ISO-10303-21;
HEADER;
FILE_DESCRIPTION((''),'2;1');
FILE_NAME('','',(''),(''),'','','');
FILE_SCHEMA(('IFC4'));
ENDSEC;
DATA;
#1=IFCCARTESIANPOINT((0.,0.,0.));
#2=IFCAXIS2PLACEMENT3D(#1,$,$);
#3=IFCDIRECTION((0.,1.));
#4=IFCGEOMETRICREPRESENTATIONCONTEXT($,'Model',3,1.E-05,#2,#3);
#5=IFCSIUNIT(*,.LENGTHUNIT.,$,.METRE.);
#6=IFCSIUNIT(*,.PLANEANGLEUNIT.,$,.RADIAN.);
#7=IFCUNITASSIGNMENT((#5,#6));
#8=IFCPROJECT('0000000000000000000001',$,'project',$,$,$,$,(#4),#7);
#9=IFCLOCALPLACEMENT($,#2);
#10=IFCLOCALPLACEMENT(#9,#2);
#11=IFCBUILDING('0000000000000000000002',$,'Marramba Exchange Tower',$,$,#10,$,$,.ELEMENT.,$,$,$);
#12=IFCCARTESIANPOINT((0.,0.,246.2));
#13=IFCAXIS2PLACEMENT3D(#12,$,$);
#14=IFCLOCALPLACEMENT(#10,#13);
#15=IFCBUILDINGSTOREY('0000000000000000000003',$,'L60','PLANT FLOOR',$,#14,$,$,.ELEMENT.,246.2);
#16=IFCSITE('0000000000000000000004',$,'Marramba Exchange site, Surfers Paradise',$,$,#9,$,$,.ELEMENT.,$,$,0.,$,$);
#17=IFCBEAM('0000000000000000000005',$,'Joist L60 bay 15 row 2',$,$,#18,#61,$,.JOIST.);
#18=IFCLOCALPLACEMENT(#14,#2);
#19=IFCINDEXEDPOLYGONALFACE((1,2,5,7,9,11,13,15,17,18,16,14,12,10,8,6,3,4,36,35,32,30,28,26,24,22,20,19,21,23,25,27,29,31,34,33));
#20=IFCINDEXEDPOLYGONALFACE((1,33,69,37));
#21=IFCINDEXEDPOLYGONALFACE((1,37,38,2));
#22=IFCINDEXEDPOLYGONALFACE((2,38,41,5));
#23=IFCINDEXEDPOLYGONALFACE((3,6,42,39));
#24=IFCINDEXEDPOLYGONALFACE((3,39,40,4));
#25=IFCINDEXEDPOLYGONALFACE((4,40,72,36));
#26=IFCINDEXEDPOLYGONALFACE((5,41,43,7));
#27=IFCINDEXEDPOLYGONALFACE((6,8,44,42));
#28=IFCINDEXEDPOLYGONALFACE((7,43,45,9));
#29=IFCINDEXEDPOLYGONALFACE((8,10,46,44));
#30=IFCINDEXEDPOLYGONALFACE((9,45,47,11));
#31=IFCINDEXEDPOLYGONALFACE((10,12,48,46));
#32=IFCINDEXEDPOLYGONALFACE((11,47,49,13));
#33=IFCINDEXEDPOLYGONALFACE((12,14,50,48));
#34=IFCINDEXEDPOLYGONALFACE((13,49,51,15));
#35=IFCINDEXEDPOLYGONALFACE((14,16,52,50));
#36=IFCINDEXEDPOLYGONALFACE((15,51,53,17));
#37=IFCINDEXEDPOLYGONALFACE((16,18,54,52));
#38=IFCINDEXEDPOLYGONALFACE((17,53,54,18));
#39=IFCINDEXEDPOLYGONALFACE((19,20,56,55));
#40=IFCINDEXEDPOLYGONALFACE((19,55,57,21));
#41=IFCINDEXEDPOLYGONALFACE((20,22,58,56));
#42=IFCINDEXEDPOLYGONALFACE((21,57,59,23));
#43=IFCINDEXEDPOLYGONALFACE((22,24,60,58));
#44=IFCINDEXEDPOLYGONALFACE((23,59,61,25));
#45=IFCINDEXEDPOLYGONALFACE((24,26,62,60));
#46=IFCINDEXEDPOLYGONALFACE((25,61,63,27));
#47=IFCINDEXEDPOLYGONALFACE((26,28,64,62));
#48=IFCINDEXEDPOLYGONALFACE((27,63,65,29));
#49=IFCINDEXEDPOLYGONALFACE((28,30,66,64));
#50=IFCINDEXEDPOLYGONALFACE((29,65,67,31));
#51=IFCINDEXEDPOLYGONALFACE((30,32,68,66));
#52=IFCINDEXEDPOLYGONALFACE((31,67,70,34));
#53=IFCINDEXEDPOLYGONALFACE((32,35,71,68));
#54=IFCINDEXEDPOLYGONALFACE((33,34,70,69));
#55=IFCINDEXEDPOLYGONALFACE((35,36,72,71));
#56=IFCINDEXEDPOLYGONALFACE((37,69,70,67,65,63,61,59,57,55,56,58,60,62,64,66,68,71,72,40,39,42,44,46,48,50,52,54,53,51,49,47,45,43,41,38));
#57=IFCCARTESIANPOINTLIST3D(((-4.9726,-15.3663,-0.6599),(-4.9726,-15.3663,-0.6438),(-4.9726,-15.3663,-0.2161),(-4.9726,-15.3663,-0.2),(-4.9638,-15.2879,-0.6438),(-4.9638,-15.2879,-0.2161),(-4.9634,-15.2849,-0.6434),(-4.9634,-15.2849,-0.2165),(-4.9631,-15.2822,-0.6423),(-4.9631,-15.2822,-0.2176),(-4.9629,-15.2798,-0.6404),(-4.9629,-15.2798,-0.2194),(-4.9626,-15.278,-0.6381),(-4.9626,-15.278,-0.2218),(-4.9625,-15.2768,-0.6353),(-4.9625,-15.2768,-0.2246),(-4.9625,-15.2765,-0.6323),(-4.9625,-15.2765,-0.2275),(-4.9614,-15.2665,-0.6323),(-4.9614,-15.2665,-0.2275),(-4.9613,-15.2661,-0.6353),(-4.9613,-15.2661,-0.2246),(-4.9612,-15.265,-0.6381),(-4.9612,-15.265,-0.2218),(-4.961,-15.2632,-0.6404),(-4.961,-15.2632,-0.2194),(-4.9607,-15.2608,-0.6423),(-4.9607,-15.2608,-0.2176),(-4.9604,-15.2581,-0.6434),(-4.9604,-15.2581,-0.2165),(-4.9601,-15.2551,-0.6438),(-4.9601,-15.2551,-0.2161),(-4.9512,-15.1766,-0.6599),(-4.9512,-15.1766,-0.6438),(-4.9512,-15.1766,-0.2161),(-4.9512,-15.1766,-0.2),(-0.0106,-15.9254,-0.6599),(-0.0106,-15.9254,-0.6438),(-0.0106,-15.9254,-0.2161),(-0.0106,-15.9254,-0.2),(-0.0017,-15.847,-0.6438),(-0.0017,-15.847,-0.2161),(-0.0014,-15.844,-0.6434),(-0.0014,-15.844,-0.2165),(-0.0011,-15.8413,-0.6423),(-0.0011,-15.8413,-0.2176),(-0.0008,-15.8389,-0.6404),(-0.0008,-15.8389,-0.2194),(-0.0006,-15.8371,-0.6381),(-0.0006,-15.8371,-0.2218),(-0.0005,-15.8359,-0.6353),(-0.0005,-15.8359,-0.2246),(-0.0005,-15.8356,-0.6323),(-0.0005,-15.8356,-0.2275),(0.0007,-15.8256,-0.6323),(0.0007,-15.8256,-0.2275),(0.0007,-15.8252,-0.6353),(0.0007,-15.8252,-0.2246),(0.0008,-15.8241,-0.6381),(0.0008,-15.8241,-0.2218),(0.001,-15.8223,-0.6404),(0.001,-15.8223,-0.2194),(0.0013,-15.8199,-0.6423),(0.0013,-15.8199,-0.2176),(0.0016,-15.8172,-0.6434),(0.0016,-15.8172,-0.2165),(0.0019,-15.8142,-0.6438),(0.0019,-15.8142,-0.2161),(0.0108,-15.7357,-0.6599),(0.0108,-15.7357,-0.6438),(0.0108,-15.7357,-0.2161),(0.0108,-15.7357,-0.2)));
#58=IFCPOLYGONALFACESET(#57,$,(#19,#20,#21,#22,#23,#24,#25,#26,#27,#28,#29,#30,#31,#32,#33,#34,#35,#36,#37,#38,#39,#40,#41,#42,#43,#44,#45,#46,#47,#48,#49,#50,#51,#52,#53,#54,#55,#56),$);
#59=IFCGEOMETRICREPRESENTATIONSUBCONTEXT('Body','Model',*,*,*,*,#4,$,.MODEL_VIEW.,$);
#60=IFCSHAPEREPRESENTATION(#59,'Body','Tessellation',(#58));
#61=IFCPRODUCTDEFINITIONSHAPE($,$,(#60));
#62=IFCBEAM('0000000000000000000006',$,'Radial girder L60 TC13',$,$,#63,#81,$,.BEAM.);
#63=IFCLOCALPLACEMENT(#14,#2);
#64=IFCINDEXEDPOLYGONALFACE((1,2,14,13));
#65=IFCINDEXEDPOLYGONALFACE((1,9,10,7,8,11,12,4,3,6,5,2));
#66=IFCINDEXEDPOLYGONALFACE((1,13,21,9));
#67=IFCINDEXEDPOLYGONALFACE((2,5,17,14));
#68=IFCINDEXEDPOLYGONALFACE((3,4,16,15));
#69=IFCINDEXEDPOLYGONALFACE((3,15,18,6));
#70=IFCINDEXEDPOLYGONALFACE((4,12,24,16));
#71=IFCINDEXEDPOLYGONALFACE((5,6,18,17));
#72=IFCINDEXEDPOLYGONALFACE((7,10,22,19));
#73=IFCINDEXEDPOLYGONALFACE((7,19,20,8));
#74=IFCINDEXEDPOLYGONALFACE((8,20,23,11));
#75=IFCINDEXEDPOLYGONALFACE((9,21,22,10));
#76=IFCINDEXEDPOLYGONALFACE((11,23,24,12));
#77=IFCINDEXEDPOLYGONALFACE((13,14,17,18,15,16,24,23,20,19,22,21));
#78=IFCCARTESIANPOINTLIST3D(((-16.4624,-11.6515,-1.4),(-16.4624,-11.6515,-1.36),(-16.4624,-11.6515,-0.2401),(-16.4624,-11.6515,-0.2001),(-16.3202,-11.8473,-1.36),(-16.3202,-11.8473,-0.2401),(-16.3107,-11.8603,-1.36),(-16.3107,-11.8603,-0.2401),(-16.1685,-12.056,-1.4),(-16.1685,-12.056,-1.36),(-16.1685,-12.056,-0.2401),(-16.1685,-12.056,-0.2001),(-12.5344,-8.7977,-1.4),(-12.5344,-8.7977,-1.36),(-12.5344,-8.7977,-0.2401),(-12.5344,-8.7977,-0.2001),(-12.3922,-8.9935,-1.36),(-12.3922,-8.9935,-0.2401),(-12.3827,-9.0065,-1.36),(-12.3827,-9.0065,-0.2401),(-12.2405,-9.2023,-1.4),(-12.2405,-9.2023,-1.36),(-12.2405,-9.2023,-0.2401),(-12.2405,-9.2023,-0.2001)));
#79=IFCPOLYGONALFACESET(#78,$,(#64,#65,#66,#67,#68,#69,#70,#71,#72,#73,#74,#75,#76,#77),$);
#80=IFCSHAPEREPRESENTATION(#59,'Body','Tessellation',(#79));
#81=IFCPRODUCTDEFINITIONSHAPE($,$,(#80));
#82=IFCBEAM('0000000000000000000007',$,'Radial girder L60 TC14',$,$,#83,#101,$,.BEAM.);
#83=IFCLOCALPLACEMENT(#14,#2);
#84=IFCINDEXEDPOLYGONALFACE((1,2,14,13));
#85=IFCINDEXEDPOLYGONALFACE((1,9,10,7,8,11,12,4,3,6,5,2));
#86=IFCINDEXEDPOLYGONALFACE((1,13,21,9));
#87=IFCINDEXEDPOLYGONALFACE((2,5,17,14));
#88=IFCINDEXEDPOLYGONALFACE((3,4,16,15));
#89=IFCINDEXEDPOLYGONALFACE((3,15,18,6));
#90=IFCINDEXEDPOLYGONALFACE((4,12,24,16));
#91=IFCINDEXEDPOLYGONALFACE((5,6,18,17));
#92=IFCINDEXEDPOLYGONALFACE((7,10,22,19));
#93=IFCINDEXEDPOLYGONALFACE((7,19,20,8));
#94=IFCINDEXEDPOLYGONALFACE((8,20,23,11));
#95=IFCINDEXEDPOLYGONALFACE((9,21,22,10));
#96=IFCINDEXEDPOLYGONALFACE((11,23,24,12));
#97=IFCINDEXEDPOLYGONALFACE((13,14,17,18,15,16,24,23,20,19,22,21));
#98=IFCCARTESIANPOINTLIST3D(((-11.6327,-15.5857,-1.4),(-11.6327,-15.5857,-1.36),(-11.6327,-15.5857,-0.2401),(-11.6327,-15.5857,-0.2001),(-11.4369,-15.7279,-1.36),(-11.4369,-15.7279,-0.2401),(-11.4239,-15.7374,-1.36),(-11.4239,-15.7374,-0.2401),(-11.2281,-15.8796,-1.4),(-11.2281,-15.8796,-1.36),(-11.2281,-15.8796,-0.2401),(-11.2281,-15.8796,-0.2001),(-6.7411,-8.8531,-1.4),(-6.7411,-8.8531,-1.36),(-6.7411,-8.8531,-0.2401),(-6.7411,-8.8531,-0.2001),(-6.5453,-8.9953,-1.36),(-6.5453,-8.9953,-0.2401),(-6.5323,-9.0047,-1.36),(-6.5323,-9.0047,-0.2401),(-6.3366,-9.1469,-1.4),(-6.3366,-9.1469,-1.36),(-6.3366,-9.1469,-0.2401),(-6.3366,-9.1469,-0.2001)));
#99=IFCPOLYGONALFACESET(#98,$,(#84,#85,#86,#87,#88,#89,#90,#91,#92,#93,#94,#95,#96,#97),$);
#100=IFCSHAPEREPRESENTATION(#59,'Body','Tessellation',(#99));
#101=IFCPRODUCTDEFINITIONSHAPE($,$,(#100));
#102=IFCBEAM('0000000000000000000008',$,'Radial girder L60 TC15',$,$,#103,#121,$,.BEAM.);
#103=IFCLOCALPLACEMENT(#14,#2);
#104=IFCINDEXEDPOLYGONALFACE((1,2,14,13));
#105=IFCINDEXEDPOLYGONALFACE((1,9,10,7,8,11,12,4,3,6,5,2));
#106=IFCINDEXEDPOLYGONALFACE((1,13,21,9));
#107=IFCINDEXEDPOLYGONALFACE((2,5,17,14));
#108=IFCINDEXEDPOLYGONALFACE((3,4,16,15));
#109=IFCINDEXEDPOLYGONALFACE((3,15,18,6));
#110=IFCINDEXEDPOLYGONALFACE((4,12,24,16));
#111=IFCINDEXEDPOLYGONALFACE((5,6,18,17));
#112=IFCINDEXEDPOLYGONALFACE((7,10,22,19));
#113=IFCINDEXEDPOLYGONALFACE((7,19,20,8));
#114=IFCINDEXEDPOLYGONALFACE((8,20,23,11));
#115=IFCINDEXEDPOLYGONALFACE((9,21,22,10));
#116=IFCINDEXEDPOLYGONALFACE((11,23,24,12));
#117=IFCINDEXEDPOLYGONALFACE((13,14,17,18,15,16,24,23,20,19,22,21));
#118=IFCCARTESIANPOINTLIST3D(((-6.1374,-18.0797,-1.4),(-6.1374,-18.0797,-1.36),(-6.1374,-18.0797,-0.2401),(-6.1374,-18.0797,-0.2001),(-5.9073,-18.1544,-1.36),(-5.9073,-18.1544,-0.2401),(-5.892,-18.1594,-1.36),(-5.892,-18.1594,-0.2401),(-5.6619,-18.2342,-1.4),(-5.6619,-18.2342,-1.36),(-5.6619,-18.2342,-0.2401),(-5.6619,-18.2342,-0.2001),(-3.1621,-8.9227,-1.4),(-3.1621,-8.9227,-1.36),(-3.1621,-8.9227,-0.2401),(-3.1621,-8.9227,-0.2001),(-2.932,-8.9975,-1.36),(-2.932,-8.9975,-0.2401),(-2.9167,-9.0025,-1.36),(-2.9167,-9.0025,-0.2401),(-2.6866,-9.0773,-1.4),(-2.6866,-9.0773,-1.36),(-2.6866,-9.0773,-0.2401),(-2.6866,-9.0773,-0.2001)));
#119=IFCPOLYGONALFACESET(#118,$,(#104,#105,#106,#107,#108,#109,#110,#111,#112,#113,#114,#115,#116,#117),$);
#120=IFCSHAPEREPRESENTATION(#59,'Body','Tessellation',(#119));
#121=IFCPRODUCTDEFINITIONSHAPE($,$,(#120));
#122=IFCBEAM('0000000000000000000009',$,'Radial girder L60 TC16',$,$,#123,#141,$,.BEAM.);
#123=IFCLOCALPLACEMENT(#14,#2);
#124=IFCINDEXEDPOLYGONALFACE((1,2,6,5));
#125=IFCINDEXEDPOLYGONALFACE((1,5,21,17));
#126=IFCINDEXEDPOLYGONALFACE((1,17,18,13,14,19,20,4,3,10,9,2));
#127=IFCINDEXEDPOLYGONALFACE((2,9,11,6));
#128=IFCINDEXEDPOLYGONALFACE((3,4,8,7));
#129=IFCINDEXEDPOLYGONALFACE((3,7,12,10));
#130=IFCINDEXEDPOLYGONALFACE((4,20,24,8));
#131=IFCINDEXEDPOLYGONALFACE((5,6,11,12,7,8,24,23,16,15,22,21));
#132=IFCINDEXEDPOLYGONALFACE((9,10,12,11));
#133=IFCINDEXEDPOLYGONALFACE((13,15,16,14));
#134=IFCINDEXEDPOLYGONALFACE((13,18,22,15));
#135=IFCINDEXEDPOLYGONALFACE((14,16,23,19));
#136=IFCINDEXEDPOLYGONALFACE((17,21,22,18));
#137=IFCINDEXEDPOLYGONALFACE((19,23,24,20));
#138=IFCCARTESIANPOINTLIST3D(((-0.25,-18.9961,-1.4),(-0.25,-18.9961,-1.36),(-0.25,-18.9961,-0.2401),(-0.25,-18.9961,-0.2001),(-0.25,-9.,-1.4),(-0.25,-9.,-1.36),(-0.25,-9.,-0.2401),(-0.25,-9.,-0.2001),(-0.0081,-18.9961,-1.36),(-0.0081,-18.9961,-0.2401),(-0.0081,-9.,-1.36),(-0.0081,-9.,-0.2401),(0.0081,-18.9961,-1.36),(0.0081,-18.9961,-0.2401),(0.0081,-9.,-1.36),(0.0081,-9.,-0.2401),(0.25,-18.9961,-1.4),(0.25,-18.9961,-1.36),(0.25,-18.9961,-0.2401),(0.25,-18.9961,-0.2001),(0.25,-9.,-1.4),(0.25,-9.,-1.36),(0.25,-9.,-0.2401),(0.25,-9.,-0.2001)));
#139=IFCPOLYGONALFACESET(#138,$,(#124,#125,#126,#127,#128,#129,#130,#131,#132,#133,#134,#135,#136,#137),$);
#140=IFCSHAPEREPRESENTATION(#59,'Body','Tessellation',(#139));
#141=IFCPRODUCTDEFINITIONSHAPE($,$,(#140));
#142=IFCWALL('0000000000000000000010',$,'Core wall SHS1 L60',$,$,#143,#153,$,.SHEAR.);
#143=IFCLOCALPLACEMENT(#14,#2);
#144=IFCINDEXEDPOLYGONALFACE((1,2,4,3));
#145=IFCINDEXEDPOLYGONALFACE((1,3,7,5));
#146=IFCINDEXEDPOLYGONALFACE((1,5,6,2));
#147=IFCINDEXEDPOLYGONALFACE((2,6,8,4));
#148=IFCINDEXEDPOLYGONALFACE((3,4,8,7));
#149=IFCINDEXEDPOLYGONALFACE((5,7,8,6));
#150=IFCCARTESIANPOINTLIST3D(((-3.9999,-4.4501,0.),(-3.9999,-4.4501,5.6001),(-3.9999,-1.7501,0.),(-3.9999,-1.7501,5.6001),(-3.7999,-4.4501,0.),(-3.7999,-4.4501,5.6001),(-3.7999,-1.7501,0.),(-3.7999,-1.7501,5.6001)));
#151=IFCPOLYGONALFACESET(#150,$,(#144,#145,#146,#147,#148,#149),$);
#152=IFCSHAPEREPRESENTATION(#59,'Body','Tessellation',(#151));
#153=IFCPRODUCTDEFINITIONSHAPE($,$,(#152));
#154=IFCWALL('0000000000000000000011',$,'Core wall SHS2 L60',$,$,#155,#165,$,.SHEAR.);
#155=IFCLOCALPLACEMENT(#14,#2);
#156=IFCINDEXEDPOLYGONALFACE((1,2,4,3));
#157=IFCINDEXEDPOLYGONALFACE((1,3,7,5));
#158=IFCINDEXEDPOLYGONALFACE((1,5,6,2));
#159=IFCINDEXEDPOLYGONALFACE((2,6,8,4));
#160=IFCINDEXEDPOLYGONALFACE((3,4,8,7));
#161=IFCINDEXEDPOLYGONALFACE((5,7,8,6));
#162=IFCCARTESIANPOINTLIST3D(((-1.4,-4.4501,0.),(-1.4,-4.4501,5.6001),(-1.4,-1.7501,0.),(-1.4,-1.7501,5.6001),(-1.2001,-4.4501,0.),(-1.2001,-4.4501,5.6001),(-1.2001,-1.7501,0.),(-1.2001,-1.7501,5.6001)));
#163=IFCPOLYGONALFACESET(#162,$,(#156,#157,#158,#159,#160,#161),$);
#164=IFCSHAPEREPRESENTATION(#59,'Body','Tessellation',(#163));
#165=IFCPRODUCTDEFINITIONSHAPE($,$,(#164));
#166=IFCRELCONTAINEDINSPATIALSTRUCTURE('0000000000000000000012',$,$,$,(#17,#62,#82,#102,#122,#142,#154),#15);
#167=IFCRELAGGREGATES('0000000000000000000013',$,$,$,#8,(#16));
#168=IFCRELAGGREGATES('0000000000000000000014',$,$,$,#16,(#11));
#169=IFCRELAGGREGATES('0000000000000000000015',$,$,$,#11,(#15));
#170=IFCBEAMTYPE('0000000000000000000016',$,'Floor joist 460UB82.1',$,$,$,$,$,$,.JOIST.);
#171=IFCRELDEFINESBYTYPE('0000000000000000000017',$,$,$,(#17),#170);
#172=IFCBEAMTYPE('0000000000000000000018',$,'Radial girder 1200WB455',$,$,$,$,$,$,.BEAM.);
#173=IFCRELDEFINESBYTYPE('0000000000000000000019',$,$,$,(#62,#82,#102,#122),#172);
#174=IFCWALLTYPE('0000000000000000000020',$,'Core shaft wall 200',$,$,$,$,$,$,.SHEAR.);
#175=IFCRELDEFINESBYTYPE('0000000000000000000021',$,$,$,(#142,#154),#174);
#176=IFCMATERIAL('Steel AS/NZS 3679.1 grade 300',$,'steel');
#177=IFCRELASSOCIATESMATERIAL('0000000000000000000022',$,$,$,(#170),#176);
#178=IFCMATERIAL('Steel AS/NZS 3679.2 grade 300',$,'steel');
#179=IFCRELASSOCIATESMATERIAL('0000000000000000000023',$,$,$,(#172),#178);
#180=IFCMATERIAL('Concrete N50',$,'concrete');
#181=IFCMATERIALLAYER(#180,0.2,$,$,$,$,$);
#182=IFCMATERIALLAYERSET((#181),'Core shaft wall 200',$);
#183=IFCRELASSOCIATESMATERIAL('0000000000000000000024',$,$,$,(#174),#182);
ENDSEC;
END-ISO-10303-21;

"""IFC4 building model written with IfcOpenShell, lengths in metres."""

from ifc_helpers import new_model, si_unit, direction, frame, frame_2d, origin, origin_2d, place, context, subcontext, project, spatial, rectangle, i_section, extrude, material, layer, layer_set, material_profile, profile_set, type_object, element, save


model = new_model("IFC4")

# Units and contexts
model_context = context("Model", 3, precision=1e-05, world=origin(), true_north=direction((0.0, 1.0)))
body_context = subcontext(model_context, "Body", "Model", "MODEL_VIEW")
ifc_project = project(units=[si_unit("LENGTHUNIT", "METRE"), si_unit("PLANEANGLEUNIT", "RADIAN")], contexts=[model_context])

# Site, building, storey
site_placement = place(None, origin())
site = spatial("IfcSite", under=ifc_project, at=site_placement, Name="Marramba Exchange site, Surfers Paradise", CompositionType="ELEMENT", RefElevation=0.0)
building_placement = place(site_placement, origin())
building = spatial("IfcBuilding", under=site, at=building_placement, Name="Marramba Exchange Tower", CompositionType="ELEMENT")
storey_placement = place(building_placement, frame((0.0, 0.0, 246.2)))
storey = spatial("IfcBuildingStorey", under=building, at=storey_placement, Name="L60", Description="PLANT FLOOR", CompositionType="ELEMENT", Elevation=246.2)

# Beams
ifc_material_1 = material(Name="Steel AS/NZS 3679.2 grade 300", Category="steel")
ifc_material_2 = material(Name="Steel AS/NZS 3679.1 grade 300", Category="steel")
ifc_material_profile_1 = material_profile(ifc_material_2, i_section(OverallWidth=0.1909, OverallDepth=0.46, WebThickness=0.01, FlangeThickness=0.0161, FilletRadius=0.0115, at=origin_2d()), Name="460UB82.1")
ifc_profile_set_1 = profile_set([ifc_material_profile_1], Name="Steel AS/NZS 3679.1 grade 300")
beam_type_1 = type_object("IfcBeamType", Name="Floor joist 460UB82.1", PredefinedType="JOIST", material=ifc_profile_set_1)
beam_1_placement = place(storey_placement, frame((-4.9619, -15.2715, -0.4299), z_axis=(0.993712, -0.111966, 0.0), x_axis=(0.111966, 0.993712, 0.0)))
element("IfcBeam", 1, at=beam_1_placement, inside=storey, type_object=beam_type_1, Name="Joist L60 bay 15 row 2", PredefinedType="JOIST", context=body_context, shape_type="SweptSolid", body=[
    extrude(i_section(OverallWidth=0.1909, OverallDepth=0.46, WebThickness=0.01, FlangeThickness=0.0161, FilletRadius=0.0115, at=origin_2d()), origin(), (0.0, 0.0, 1.0), 4.9934),
])
ifc_material_profile_2 = material_profile(ifc_material_1, i_section(OverallWidth=0.5, OverallDepth=1.2, WebThickness=0.0161, FlangeThickness=0.04, at=origin_2d()), Name="1200WB455")
ifc_profile_set_2 = profile_set([ifc_material_profile_2], Name="Steel AS/NZS 3679.2 grade 300")
beam_type_2 = type_object("IfcBeamType", Name="Radial girder 1200WB455", PredefinedType="BEAM", material=ifc_profile_set_2)
beam_2_placement = place(storey_placement, frame((-12.3875, -9.0, -0.8), z_axis=(-0.809025, -0.587774, 0.0), x_axis=(0.587774, -0.809025, 0.0)))
element("IfcBeam", 2, at=beam_2_placement, inside=storey, type_object=beam_type_2, Name="Radial girder L60 TC13", PredefinedType="BEAM", context=body_context, shape_type="SweptSolid", body=[
    extrude(i_section(OverallWidth=0.5, OverallDepth=1.2, WebThickness=0.0161, FlangeThickness=0.04, at=origin_2d()), origin(), (0.0, 0.0, 1.0), 4.8552),
])
beam_3_placement = place(storey_placement, frame((-6.5388, -9.0, -0.8), z_axis=(-0.587788, -0.809015, 0.0), x_axis=(0.809015, -0.587788, 0.0)))
element("IfcBeam", 3, at=beam_3_placement, inside=storey, type_object=beam_type_2, Name="Radial girder L60 TC14", PredefinedType="BEAM", context=body_context, shape_type="SweptSolid", body=[
    extrude(i_section(OverallWidth=0.5, OverallDepth=1.2, WebThickness=0.0161, FlangeThickness=0.04, at=origin_2d()), origin(), (0.0, 0.0, 1.0), 8.322),
])
beam_4_placement = place(storey_placement, frame((-2.9243, -9.0, -0.8), z_axis=(-0.309022, -0.951055, 0.0), x_axis=(0.951055, -0.309022, 0.0)))
element("IfcBeam", 4, at=beam_4_placement, inside=storey, type_object=beam_type_2, Name="Radial girder L60 TC15", PredefinedType="BEAM", context=body_context, shape_type="SweptSolid", body=[
    extrude(i_section(OverallWidth=0.5, OverallDepth=1.2, WebThickness=0.0161, FlangeThickness=0.04, at=origin_2d()), origin(), (0.0, 0.0, 1.0), 9.6282),
])
beam_5_placement = place(storey_placement, frame((0.0, -9.0, -0.8), z_axis=(0.0, -1.0, 0.0), x_axis=(1.0, 0.0, 0.0)))
element("IfcBeam", 5, at=beam_5_placement, inside=storey, type_object=beam_type_2, Name="Radial girder L60 TC16", PredefinedType="BEAM", context=body_context, shape_type="SweptSolid", body=[
    extrude(i_section(OverallWidth=0.5, OverallDepth=1.2, WebThickness=0.0161, FlangeThickness=0.04, at=origin_2d()), origin(), (0.0, 0.0, 1.0), 9.9961),
])

# Walls
ifc_material_3 = material(Name="Concrete N50", Category="concrete")
ifc_layer_1 = layer(ifc_material_3, 0.2)
ifc_layer_set_1 = layer_set([ifc_layer_1], Name="Core shaft wall 200")
wall_type_1 = type_object("IfcWallType", Name="Core shaft wall 200", PredefinedType="SHEAR", material=ifc_layer_set_1)
for number, where, z_axis, x_axis, name in (
    (6, (-3.8999, -1.75, 0.0), (0.0, 0.0, 1.0), (0.0, -1.0, 0.0), "Core wall SHS1 L60"),
    (7, (-1.3, -1.75, 0.0), (0.0, 0.0, 1.0), (0.0, -1.0, 0.0), "Core wall SHS2 L60"),
):
    element("IfcWall", number, at=place(storey_placement, frame(where, z_axis=z_axis, x_axis=x_axis)), inside=storey, type_object=wall_type_1, Name=name, PredefinedType="SHEAR", context=body_context, shape_type="SweptSolid", body=[
        extrude(rectangle(XDim=2.7, YDim=0.2, at=frame_2d((1.3501, 0.0))), origin(), (0.0, 0.0, 1.0), 5.6001),
    ])

save(model, "model.ifc")
